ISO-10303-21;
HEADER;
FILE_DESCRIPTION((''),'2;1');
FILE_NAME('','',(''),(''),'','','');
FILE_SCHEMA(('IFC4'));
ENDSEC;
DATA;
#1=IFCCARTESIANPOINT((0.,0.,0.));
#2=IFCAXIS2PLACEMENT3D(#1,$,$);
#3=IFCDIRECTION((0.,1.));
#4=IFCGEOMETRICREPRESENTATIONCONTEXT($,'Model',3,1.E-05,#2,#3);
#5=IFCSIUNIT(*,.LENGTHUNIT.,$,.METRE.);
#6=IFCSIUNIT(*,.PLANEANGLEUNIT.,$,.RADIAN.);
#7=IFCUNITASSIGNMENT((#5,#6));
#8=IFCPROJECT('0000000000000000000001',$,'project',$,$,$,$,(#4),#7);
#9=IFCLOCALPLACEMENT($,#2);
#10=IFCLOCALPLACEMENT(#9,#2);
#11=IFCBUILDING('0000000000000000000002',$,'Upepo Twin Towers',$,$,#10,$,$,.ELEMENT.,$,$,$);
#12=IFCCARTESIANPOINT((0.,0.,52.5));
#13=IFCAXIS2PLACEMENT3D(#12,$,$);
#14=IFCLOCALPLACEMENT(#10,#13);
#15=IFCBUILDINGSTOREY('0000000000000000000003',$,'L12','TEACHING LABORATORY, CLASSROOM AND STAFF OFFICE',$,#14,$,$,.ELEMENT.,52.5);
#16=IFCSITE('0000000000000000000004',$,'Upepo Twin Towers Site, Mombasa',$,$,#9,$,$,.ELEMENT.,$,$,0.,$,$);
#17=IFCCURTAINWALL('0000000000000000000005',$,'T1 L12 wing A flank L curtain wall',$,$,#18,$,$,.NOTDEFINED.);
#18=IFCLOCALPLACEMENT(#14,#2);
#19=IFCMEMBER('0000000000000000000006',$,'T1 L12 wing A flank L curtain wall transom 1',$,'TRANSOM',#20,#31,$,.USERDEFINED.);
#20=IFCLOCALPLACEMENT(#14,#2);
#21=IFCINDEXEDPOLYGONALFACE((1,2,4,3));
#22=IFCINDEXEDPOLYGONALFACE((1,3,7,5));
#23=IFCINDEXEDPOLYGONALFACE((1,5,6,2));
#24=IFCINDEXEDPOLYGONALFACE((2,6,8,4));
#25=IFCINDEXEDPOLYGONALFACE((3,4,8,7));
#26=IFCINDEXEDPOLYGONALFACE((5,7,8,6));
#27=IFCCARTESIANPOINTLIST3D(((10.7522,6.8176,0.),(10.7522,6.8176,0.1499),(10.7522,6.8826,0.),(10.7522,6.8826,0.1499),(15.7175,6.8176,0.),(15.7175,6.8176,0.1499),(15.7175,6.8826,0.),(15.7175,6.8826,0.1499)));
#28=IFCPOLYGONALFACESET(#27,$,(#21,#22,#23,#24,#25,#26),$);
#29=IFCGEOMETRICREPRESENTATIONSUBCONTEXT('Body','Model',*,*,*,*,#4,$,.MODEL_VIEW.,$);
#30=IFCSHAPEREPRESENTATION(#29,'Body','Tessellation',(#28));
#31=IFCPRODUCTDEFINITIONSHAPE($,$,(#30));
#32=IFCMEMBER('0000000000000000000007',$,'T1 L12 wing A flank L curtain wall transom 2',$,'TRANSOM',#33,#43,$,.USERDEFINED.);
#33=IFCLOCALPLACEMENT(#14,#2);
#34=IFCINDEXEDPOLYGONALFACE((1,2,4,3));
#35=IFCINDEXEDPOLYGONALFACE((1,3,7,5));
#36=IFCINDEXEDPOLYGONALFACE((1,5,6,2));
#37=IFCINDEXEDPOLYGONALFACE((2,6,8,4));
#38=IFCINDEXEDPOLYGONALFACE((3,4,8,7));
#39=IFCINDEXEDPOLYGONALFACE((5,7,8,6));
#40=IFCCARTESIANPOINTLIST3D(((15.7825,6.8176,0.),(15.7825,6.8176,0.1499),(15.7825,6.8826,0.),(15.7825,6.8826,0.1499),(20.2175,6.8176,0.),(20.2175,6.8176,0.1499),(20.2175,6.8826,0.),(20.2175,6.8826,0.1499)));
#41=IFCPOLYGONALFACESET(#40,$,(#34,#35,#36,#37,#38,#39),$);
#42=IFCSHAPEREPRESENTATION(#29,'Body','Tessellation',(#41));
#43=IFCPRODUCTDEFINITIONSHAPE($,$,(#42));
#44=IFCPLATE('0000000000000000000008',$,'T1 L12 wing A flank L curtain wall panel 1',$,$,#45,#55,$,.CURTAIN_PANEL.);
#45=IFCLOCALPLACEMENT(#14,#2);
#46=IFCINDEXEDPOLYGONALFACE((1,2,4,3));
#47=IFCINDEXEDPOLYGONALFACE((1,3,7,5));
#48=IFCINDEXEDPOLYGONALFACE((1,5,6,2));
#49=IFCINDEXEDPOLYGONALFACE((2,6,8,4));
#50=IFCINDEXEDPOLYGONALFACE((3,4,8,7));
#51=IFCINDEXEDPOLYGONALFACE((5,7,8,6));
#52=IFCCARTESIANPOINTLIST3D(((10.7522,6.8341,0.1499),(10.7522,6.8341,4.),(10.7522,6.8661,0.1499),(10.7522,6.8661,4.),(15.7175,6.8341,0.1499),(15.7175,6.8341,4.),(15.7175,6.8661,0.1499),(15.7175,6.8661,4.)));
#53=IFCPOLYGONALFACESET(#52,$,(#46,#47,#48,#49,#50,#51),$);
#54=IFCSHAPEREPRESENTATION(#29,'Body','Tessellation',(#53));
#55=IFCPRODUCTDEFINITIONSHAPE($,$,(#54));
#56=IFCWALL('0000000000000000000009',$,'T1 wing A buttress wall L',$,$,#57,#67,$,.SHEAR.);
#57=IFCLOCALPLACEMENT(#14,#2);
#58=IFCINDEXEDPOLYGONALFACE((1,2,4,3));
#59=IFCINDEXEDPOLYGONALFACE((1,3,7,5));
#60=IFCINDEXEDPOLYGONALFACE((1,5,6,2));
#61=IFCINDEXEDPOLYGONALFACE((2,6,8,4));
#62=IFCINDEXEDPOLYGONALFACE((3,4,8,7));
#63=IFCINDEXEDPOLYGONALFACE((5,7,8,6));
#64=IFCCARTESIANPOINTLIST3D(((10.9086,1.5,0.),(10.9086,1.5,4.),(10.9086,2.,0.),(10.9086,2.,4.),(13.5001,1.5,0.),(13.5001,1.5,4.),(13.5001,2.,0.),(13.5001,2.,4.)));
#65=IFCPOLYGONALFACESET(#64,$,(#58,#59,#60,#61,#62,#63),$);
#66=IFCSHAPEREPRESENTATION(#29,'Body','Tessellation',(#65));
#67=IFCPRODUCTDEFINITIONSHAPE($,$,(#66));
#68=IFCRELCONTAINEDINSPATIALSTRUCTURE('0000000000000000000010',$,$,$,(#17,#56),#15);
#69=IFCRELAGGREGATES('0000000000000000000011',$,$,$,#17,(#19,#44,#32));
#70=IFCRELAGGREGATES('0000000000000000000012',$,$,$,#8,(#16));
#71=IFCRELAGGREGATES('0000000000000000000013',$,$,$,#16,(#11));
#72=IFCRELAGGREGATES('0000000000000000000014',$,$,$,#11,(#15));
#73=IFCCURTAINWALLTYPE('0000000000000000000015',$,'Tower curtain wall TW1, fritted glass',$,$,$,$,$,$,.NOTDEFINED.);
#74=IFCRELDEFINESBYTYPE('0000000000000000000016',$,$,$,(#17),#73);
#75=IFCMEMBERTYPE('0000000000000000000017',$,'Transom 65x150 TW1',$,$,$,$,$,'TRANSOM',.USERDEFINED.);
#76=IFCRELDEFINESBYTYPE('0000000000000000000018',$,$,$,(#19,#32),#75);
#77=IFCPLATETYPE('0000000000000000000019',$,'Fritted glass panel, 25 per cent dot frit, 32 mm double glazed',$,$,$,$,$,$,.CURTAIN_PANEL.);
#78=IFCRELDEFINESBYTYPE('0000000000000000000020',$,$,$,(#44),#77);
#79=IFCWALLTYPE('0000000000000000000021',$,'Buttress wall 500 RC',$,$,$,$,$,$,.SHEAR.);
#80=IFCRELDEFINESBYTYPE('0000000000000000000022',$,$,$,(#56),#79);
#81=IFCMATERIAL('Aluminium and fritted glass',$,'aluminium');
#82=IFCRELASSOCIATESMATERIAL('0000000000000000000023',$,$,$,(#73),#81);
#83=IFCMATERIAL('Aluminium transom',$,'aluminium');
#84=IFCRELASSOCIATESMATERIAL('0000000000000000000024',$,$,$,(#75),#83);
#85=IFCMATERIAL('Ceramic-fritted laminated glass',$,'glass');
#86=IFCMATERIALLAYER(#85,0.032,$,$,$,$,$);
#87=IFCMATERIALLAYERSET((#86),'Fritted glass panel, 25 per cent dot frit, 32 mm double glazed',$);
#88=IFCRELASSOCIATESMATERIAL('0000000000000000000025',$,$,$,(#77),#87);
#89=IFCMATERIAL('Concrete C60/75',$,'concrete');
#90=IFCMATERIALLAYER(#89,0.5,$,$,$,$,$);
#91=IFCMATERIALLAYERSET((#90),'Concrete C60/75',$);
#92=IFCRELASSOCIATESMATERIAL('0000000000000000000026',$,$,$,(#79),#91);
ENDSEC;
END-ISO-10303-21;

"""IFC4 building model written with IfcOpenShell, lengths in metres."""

from ifc_helpers import new_model, si_unit, direction, frame, frame_2d, origin, origin_2d, place, context, subcontext, project, spatial, rectangle, extrude, material, layer, layer_set, material_profile, profile_set, type_object, element, aggregate, save


model = new_model("IFC4")

# Units and contexts
model_context = context("Model", 3, precision=1e-05, world=origin(), true_north=direction((0.0, 1.0)))
body_context = subcontext(model_context, "Body", "Model", "MODEL_VIEW")
ifc_project = project(units=[si_unit("LENGTHUNIT", "METRE"), si_unit("PLANEANGLEUNIT", "RADIAN")], contexts=[model_context])

# Site, building, storey
site_placement = place(None, origin())
site = spatial("IfcSite", under=ifc_project, at=site_placement, Name="Upepo Twin Towers Site, Mombasa", CompositionType="ELEMENT", RefElevation=0.0)
building_placement = place(site_placement, origin())
building = spatial("IfcBuilding", under=site, at=building_placement, Name="Upepo Twin Towers", CompositionType="ELEMENT")
storey_placement = place(building_placement, frame((0.0, 0.0, 52.5)))
storey = spatial("IfcBuildingStorey", under=building, at=storey_placement, Name="L12", Description="TEACHING LABORATORY, CLASSROOM AND STAFF OFFICE", CompositionType="ELEMENT", Elevation=52.5)

# Curtain wall, members, plate
ifc_material_1 = material(Name="Aluminium and fritted glass", Category="aluminium")
curtain_wall_type = type_object("IfcCurtainWallType", Name="Tower curtain wall TW1, fritted glass", PredefinedType="NOTDEFINED", material=ifc_material_1)
curtain_wall_placement = place(storey_placement, origin())
curtain_wall = element("IfcCurtainWall", 1, at=curtain_wall_placement, inside=storey, type_object=curtain_wall_type, Name="T1 L12 wing A flank L curtain wall", PredefinedType="NOTDEFINED")
ifc_material_2 = material(Name="Aluminium transom", Category="aluminium")
ifc_material_profile_1 = material_profile(ifc_material_2, rectangle(XDim=0.0649, YDim=0.1499, at=origin_2d()), Name="TRANSOM 65x150")
ifc_profile_set_1 = profile_set([ifc_material_profile_1], Name="Aluminium transom")
member_type_1 = type_object("IfcMemberType", Name="Transom 65x150 TW1", ElementType="TRANSOM", PredefinedType="USERDEFINED", material=ifc_profile_set_1)
member_1_placement = place(storey_placement, frame((10.7522, 6.8501, 0.075), z_axis=(1.0, 0.0, 0.0), x_axis=(0.0, 1.0, 0.0)))
member_1 = element("IfcMember", 2, at=member_1_placement, type_object=member_type_1, Name="T1 L12 wing A flank L curtain wall transom 1", ObjectType="TRANSOM", PredefinedType="USERDEFINED", context=body_context, shape_type="SweptSolid", body=[
    extrude(rectangle(XDim=0.0649, YDim=0.1499, at=origin_2d()), origin(), (0.0, 0.0, 1.0), 4.9653),
])
member_2_placement = place(storey_placement, frame((15.7825, 6.8501, 0.075), z_axis=(1.0, 0.0, 0.0), x_axis=(0.0, 1.0, 0.0)))
member_2 = element("IfcMember", 3, at=member_2_placement, type_object=member_type_1, Name="T1 L12 wing A flank L curtain wall transom 2", ObjectType="TRANSOM", PredefinedType="USERDEFINED", context=body_context, shape_type="SweptSolid", body=[
    extrude(rectangle(XDim=0.0649, YDim=0.1499, at=origin_2d()), origin(), (0.0, 0.0, 1.0), 4.4351),
])
ifc_material_3 = material(Name="Ceramic-fritted laminated glass", Category="glass")
ifc_layer_1 = layer(ifc_material_3, 0.032)
ifc_layer_set_1 = layer_set([ifc_layer_1], Name="Fritted glass panel, 25 per cent dot frit, 32 mm double glazed")
plate_type = type_object("IfcPlateType", Name="Fritted glass panel, 25 per cent dot frit, 32 mm double glazed", PredefinedType="CURTAIN_PANEL", material=ifc_layer_set_1)
plate_placement = place(storey_placement, frame((13.2349, 6.8501, 0.1499), z_axis=(0.0, 0.0, 1.0), x_axis=(1.0, 0.0, 0.0)))
plate = element("IfcPlate", 4, at=plate_placement, type_object=plate_type, Name="T1 L12 wing A flank L curtain wall panel 1", PredefinedType="CURTAIN_PANEL", context=body_context, shape_type="SweptSolid", body=[
    extrude(rectangle(XDim=4.9653, YDim=0.032, at=origin_2d()), origin(), (0.0, 0.0, 1.0), 3.8501),
])
aggregate(curtain_wall, [member_1, plate, member_2])

# Wall
ifc_material_4 = material(Name="Concrete C60/75", Category="concrete")
ifc_layer_2 = layer(ifc_material_4, 0.5)
ifc_layer_set_2 = layer_set([ifc_layer_2], Name="Concrete C60/75")
wall_type_1 = type_object("IfcWallType", Name="Buttress wall 500 RC", PredefinedType="SHEAR", material=ifc_layer_set_2)
wall_1_placement = place(storey_placement, frame((10.9084, 1.75, 0.0), z_axis=(0.0, 0.0, 1.0), x_axis=(1.0, 0.0, 0.0)))
element("IfcWall", 5, at=wall_1_placement, inside=storey, type_object=wall_type_1, Name="T1 wing A buttress wall L", PredefinedType="SHEAR", context=body_context, shape_type="SweptSolid", body=[
    extrude(rectangle(XDim=2.5916, YDim=0.5, at=frame_2d((1.2959, 0.0))), origin(), (0.0, 0.0, 1.0), 4.0),
])

save(model, "model.ifc")
